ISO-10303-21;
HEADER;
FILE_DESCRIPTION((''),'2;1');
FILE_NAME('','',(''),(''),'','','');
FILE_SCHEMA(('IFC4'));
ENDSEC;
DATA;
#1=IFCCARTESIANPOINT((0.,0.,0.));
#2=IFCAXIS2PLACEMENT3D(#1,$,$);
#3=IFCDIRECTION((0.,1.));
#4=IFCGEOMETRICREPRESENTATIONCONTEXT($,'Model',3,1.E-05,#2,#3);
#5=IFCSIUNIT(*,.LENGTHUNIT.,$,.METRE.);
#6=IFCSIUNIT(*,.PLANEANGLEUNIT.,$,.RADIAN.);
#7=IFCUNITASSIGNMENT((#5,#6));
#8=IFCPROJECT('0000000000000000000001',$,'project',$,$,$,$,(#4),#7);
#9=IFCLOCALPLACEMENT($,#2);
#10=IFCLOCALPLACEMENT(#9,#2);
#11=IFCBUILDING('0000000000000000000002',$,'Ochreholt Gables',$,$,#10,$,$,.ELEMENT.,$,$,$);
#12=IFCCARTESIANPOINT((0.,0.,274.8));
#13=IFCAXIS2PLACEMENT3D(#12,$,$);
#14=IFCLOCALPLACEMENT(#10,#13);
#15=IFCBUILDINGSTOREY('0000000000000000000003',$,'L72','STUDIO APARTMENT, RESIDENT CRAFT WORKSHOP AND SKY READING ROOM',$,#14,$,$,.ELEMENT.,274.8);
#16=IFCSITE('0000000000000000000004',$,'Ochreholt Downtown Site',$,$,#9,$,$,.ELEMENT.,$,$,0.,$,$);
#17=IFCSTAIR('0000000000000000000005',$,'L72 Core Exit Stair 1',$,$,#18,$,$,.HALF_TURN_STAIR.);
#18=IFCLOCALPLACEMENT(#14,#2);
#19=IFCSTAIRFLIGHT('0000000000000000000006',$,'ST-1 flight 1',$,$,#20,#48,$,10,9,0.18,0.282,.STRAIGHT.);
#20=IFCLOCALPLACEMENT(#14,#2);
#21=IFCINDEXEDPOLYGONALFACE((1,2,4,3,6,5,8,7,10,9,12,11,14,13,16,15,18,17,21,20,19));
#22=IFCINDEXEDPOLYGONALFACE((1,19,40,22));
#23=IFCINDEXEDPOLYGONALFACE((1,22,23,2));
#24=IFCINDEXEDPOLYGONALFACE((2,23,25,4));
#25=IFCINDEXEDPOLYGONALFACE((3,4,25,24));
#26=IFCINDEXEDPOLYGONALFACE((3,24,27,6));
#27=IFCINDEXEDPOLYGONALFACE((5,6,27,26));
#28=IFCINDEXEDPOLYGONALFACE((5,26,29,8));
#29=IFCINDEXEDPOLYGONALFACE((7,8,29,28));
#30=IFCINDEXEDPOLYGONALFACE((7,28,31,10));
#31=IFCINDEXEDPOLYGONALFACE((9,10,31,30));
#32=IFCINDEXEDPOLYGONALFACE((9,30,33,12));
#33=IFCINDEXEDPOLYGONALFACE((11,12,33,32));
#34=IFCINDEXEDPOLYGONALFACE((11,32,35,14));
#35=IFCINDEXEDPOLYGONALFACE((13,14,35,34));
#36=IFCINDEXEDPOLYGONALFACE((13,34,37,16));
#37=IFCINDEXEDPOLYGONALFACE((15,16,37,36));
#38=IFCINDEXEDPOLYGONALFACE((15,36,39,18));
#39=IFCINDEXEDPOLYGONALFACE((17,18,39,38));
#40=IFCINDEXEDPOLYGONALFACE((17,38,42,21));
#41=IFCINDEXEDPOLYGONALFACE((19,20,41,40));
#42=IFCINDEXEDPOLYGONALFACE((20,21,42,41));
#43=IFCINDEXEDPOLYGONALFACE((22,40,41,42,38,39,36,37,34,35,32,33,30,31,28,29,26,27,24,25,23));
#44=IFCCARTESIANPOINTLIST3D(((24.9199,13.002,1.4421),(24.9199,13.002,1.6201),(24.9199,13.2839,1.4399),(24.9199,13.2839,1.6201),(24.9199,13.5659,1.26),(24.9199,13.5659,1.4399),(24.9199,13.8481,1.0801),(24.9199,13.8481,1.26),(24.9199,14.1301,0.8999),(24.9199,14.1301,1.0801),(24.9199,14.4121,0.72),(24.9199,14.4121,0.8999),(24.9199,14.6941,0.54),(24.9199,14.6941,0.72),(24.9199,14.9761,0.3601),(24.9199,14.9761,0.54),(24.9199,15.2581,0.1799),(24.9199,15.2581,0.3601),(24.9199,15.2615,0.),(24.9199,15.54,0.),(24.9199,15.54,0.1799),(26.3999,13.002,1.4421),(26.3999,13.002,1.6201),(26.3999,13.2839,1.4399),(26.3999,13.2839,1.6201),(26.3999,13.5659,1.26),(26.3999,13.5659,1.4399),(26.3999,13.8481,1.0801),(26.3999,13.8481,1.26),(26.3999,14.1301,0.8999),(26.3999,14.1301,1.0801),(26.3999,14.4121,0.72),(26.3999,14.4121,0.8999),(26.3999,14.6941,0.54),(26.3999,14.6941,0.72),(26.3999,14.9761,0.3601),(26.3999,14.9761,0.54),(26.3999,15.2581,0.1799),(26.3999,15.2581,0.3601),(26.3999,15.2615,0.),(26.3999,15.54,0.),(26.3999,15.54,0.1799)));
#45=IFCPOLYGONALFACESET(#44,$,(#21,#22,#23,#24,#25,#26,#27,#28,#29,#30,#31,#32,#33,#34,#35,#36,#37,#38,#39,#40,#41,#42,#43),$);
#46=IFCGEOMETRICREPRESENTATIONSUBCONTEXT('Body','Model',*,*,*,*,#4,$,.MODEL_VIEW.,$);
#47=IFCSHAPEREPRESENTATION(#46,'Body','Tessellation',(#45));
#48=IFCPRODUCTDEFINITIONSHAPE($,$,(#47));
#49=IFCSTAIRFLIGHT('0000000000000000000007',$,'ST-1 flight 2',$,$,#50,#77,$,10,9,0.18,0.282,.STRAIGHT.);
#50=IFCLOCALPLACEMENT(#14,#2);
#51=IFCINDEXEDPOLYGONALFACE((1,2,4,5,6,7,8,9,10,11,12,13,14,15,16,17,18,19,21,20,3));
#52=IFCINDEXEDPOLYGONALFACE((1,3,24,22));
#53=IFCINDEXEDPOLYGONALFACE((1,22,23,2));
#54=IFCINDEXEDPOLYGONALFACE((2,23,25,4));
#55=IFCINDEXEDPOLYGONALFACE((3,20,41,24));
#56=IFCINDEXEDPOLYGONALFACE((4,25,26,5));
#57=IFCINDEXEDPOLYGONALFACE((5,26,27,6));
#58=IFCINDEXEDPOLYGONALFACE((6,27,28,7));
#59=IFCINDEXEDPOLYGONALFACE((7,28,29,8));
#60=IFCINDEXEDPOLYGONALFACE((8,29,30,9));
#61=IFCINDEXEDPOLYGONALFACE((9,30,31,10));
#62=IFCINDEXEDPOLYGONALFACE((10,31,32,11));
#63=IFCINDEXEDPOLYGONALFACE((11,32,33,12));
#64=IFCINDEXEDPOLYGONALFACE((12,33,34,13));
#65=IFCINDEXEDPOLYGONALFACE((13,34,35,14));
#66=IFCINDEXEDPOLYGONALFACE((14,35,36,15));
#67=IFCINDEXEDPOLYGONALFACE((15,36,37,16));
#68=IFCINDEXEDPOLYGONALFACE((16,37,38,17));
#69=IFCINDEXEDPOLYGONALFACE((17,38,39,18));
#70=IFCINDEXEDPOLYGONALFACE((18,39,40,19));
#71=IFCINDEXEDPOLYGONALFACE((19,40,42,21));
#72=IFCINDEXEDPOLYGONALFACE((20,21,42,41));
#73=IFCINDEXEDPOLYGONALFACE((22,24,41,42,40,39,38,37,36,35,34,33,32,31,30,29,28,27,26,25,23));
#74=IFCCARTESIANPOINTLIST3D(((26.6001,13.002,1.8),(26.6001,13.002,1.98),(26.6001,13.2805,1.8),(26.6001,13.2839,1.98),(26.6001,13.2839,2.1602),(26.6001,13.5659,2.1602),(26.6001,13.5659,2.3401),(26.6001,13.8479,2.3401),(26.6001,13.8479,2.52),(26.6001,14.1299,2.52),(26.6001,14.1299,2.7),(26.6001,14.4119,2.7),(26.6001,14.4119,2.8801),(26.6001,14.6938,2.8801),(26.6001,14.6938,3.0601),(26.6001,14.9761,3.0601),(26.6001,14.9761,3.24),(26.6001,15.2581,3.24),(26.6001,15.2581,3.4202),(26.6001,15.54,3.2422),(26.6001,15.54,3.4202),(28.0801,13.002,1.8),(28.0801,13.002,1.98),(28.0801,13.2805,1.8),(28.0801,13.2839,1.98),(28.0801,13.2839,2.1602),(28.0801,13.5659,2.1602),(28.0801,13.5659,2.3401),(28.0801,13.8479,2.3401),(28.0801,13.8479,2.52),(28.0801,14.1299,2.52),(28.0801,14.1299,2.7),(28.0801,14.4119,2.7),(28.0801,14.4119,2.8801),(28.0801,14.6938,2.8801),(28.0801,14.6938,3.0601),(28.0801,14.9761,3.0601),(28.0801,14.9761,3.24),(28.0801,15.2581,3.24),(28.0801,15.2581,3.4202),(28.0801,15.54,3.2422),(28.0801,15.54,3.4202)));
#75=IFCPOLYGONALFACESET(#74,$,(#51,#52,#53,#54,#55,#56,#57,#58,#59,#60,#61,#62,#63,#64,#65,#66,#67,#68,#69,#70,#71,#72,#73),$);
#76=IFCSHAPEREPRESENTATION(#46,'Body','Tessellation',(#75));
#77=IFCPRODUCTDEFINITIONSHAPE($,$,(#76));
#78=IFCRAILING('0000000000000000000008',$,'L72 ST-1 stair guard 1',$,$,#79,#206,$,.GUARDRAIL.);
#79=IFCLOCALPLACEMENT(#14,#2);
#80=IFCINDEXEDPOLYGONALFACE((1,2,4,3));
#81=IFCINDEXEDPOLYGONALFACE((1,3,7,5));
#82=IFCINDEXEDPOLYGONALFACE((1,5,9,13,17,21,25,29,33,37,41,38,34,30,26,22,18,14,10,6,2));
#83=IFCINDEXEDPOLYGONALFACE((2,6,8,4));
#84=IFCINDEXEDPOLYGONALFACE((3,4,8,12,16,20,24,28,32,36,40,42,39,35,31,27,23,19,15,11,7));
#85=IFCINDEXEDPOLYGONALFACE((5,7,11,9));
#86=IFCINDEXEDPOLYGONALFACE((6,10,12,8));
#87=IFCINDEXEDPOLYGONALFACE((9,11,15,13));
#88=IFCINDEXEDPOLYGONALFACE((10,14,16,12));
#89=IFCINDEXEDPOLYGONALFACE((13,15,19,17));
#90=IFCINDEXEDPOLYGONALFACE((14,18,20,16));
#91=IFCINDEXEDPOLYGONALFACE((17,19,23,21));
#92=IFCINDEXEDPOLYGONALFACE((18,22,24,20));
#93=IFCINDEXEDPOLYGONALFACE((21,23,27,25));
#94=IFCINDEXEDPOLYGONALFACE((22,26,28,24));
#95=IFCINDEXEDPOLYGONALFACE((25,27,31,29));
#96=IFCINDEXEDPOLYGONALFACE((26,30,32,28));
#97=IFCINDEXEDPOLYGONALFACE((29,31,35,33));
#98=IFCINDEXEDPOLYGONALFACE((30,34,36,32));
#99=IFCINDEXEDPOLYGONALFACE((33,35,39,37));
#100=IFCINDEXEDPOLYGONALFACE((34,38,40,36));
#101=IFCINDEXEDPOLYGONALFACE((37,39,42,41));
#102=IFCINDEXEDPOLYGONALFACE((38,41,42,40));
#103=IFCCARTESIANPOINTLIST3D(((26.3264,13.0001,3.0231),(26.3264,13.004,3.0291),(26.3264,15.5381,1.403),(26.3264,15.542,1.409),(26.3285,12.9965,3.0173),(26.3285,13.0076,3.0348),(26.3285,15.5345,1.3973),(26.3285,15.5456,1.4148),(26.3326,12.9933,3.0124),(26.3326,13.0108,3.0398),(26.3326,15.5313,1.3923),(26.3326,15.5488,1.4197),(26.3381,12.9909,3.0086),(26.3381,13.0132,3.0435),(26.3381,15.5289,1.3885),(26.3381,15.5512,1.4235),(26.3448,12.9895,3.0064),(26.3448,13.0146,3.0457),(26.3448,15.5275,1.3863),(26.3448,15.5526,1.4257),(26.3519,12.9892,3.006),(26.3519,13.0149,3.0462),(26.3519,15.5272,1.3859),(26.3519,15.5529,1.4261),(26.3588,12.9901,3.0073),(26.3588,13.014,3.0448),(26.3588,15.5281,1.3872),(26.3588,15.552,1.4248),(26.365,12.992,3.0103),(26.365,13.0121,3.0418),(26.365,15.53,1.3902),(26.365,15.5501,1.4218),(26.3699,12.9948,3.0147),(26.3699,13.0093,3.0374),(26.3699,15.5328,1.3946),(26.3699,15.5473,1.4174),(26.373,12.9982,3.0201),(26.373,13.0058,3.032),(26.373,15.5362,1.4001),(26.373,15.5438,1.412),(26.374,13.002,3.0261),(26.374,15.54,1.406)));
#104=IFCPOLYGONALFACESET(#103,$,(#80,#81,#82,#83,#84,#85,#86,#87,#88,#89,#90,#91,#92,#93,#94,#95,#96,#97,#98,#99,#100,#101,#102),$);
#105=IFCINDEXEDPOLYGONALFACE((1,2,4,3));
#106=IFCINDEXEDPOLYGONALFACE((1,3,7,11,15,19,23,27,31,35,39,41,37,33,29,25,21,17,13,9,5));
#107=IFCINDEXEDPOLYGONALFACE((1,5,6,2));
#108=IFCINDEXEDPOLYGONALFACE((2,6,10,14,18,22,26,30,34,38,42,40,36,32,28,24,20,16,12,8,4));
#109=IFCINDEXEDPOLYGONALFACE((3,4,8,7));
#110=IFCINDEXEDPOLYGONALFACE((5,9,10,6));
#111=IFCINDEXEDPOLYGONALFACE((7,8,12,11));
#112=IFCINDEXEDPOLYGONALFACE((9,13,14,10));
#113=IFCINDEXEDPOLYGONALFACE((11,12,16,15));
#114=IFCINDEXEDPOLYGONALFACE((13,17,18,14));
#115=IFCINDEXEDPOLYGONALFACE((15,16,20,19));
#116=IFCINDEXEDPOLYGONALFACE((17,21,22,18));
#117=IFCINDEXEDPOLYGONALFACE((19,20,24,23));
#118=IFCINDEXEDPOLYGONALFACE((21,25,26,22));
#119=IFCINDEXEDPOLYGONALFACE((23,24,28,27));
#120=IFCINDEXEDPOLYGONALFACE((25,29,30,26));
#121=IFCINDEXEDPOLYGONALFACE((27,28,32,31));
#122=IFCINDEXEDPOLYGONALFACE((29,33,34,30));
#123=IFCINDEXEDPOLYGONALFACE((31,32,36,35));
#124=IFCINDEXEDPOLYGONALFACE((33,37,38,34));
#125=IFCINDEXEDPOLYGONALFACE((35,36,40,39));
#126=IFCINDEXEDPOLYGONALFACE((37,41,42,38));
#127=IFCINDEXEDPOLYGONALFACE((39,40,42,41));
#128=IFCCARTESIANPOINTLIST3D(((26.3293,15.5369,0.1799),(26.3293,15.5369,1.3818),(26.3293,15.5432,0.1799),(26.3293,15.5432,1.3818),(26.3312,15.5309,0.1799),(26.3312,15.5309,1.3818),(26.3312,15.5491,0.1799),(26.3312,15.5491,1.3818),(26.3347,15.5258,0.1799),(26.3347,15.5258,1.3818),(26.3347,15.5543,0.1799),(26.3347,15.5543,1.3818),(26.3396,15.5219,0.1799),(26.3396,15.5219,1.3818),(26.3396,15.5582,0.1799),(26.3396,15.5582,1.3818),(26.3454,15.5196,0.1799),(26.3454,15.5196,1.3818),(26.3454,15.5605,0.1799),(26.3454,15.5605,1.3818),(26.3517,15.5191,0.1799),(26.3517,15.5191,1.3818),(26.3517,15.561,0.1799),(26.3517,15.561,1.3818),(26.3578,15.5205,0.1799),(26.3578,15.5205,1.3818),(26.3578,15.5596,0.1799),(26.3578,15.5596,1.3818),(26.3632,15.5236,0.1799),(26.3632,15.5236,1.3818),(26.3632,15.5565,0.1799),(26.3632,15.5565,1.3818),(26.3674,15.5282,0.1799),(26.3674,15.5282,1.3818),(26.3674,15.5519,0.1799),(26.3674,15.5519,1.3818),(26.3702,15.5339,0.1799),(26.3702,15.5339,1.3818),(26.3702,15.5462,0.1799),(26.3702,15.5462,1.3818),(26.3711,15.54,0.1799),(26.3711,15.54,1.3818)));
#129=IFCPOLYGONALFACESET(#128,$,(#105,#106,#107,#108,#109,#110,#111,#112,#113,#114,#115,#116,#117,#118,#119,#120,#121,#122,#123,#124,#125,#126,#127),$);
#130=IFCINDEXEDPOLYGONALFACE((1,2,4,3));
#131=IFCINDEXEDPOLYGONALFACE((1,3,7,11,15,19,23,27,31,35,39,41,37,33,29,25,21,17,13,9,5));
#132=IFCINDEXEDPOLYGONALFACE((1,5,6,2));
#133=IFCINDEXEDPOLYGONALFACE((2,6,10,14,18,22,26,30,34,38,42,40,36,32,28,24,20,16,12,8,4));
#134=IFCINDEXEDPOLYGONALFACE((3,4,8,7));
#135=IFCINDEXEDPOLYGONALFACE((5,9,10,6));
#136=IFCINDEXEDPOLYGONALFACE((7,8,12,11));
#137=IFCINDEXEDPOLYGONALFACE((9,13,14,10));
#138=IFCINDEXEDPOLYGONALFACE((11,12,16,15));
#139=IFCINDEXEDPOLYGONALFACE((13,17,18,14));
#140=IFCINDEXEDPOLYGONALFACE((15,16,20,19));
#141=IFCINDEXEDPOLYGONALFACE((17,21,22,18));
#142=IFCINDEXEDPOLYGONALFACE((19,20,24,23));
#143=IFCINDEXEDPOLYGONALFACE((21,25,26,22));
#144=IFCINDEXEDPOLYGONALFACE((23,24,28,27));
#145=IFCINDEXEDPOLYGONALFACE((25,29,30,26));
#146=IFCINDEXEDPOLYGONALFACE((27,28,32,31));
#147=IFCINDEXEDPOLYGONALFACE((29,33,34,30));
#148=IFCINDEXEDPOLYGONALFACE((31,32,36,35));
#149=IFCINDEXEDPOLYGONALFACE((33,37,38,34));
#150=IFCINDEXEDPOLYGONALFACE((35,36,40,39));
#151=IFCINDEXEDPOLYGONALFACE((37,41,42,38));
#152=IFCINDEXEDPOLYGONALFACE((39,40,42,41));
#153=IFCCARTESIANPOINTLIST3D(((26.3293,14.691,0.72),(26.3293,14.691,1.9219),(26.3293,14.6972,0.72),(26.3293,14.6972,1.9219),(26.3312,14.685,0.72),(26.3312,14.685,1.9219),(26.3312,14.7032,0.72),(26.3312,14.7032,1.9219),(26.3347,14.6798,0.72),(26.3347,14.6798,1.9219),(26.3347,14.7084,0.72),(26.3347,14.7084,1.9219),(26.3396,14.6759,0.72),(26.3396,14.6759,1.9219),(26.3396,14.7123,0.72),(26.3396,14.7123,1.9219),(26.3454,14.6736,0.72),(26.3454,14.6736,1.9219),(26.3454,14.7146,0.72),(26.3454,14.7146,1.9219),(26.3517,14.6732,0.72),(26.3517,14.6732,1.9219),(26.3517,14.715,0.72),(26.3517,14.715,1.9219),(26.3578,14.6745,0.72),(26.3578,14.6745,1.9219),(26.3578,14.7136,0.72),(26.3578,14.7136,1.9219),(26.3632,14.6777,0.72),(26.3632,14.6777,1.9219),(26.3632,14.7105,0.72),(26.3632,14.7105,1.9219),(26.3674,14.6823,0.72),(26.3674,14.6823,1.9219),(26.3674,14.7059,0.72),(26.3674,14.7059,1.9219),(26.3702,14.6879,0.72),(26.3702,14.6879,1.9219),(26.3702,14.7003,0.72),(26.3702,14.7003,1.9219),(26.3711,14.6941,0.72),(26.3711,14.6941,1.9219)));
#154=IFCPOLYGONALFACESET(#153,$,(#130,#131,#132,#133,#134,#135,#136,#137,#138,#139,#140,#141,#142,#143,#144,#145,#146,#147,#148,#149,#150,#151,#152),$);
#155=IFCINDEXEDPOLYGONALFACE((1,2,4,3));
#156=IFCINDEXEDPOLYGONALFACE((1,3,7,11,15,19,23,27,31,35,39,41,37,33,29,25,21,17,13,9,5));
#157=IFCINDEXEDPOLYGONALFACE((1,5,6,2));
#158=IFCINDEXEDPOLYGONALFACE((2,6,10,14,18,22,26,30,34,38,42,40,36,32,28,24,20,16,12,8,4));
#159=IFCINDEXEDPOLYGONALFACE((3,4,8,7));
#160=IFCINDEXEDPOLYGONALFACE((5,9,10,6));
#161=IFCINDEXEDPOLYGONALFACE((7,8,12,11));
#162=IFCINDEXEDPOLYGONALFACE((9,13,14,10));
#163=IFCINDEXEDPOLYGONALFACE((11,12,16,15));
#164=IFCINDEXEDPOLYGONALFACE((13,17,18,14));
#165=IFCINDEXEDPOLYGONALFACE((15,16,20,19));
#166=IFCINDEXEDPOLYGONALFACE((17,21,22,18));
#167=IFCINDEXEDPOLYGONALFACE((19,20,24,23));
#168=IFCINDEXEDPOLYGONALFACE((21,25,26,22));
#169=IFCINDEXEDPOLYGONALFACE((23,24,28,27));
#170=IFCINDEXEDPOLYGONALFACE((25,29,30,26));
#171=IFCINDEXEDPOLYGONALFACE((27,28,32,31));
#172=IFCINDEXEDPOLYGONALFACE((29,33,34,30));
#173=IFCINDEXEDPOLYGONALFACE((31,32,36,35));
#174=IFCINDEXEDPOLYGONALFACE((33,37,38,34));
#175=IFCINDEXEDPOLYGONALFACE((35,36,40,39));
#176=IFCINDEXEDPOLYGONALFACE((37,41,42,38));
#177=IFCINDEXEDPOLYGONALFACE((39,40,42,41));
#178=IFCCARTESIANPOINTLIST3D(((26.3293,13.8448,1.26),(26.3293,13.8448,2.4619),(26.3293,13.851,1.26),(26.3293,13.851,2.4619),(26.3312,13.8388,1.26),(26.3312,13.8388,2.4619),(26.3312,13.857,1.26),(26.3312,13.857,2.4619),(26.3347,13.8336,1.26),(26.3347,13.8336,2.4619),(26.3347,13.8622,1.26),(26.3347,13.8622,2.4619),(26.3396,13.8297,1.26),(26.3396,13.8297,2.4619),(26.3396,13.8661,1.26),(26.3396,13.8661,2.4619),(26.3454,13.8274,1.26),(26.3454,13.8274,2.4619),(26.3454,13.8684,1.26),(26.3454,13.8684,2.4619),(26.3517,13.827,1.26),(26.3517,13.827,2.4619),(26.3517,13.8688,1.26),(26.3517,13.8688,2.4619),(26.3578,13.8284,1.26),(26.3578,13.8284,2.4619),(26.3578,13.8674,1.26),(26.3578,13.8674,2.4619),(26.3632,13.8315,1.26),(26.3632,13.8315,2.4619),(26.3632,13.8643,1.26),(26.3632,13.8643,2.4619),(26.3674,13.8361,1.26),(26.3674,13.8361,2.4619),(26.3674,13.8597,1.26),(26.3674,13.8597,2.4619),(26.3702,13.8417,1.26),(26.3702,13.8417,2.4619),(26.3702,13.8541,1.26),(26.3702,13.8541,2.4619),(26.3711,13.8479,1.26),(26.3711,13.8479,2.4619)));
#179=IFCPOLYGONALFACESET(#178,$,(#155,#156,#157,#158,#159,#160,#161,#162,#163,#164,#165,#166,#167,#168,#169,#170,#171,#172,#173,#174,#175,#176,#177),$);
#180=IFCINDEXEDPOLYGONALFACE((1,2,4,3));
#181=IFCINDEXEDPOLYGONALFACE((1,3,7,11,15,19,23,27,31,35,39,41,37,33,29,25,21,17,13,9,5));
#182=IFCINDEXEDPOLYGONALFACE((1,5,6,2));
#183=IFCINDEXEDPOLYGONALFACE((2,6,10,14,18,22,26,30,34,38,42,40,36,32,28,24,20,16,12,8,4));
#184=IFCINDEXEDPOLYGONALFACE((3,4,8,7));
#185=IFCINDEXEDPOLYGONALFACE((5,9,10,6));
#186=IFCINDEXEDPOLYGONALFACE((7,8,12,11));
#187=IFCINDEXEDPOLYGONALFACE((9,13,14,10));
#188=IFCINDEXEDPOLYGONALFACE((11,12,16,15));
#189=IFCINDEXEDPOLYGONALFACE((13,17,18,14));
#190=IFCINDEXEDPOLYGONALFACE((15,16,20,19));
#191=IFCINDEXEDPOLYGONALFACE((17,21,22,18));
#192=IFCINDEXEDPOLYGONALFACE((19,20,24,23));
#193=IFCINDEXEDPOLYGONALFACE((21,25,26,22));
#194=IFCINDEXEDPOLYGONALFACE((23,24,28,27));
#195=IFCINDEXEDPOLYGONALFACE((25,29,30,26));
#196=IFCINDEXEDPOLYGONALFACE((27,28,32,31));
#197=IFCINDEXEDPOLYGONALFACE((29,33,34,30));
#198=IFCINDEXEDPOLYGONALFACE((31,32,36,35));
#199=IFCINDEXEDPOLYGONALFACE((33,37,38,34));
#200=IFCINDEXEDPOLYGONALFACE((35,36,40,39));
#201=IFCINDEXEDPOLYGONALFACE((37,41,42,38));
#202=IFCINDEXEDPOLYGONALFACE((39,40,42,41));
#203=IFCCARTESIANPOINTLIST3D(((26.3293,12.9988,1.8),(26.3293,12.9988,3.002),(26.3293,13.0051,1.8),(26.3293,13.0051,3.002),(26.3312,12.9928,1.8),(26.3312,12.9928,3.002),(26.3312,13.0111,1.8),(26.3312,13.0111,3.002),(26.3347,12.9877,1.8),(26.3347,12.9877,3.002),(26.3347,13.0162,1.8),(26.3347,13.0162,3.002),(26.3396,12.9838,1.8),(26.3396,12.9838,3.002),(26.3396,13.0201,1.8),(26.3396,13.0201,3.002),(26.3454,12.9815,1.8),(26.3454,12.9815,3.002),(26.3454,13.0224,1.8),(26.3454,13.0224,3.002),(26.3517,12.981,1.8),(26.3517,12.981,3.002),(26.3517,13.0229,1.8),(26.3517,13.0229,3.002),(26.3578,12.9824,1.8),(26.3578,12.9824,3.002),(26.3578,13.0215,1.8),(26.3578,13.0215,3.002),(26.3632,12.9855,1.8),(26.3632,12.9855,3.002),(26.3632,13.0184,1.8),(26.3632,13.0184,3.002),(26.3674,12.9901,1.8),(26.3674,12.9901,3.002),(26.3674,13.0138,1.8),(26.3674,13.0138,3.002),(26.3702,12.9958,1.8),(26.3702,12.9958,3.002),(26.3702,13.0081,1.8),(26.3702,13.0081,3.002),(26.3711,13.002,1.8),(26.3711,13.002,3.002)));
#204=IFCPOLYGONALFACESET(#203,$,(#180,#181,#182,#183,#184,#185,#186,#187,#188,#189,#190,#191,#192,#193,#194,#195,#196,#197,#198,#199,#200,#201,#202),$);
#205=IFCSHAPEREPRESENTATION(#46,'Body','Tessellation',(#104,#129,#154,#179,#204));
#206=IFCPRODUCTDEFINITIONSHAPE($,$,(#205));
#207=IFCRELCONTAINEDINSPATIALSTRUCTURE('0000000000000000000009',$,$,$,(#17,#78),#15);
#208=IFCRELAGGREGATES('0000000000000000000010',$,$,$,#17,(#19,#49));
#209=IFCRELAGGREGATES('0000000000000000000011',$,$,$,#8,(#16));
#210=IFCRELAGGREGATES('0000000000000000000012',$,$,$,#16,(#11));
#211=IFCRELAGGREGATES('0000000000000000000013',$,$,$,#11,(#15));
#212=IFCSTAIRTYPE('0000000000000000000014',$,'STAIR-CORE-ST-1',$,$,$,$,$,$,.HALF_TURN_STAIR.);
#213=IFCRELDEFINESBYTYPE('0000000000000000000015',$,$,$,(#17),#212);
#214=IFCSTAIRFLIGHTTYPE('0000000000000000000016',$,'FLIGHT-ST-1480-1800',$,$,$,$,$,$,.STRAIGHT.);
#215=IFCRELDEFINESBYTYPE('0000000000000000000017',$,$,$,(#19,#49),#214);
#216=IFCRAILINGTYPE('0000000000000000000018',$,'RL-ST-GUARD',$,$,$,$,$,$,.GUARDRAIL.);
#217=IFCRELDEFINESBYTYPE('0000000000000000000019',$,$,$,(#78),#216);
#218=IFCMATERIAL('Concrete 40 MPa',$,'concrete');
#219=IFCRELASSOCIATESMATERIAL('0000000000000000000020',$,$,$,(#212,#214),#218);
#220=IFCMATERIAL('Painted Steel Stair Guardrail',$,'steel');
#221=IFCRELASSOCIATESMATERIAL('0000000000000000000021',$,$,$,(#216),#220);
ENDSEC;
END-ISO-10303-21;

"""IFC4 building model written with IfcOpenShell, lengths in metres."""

from ifc_helpers import new_model, si_unit, direction, frame, origin, origin_2d, place, context, subcontext, project, spatial, polyline, circle, outline, extrude, material, type_object, element, aggregate, save


model = new_model("IFC4")

# Units and contexts
model_context = context("Model", 3, precision=1e-05, world=origin(), true_north=direction((0.0, 1.0)))
body_context = subcontext(model_context, "Body", "Model", "MODEL_VIEW")
ifc_project = project(units=[si_unit("LENGTHUNIT", "METRE"), si_unit("PLANEANGLEUNIT", "RADIAN")], contexts=[model_context])

# Site, building, storey
site_placement = place(None, origin())
site = spatial("IfcSite", under=ifc_project, at=site_placement, Name="Ochreholt Downtown Site", CompositionType="ELEMENT", RefElevation=0.0)
building_placement = place(site_placement, origin())
building = spatial("IfcBuilding", under=site, at=building_placement, Name="Ochreholt Gables", CompositionType="ELEMENT")
storey_placement = place(building_placement, frame((0.0, 0.0, 274.8)))
storey = spatial("IfcBuildingStorey", under=building, at=storey_placement, Name="L72", Description="STUDIO APARTMENT, RESIDENT CRAFT WORKSHOP AND SKY READING ROOM", CompositionType="ELEMENT", Elevation=274.8)

# Shared definitions
ifc_material_1 = material(Name="Concrete 40 MPa", Category="concrete")

# Stair, stair flights
stair_type = type_object("IfcStairType", Name="STAIR-CORE-ST-1", PredefinedType="HALF_TURN_STAIR", material=ifc_material_1)
stair_placement = place(storey_placement, origin())
stair = element("IfcStair", 1, at=stair_placement, inside=storey, type_object=stair_type, Name="L72 Core Exit Stair 1", PredefinedType="HALF_TURN_STAIR")
stair_flight_type = type_object("IfcStairFlightType", Name="FLIGHT-ST-1480-1800", PredefinedType="STRAIGHT", material=ifc_material_1)
stair_flight_1_placement = place(storey_placement, frame((25.6599, 15.54, 0.0), z_axis=(0.0, 0.0, 1.0), x_axis=(0.0, -1.0, 0.0)))
stair_flight_1 = element("IfcStairFlight", 2, at=stair_flight_1_placement, type_object=stair_flight_type, Name="ST-1 flight 1", NumberOfRisers=10, NumberOfTreads=9, PredefinedType="STRAIGHT", RiserHeight=0.18, TreadLength=0.282, context=body_context, shape_type="SweptSolid", body=[
    extrude(outline(polyline([(0.0, 0.0), (0.0, 0.1799), (0.282, 0.1799), (0.282, 0.3601), (0.564, 0.3601), (0.564, 0.54), (0.8459, 0.54), (0.8459, 0.72), (1.1279, 0.72), (1.1279, 0.8999), (1.4099, 0.8999), (1.4099, 1.0801), (1.6919, 1.0801), (1.6919, 1.26), (1.9741, 1.26), (1.9741, 1.4399), (2.2561, 1.4399), (2.2561, 1.6201), (2.5381, 1.6201), (2.5381, 1.8), (2.5381, 1.4421), (0.2786, 0.0), (0.0, 0.0)])), frame((0.0, 0.74, 0.0), z_axis=(0.0, -1.0, 0.0), x_axis=(1.0, 0.0, 0.0)), (0.0, 0.0, 1.0), 1.48),
])
stair_flight_2_placement = place(storey_placement, frame((27.3401, 13.002, 1.8), z_axis=(0.0, 0.0, 1.0), x_axis=(0.0, 1.0, 0.0)))
stair_flight_2 = element("IfcStairFlight", 3, at=stair_flight_2_placement, type_object=stair_flight_type, Name="ST-1 flight 2", NumberOfRisers=10, NumberOfTreads=9, PredefinedType="STRAIGHT", RiserHeight=0.18, TreadLength=0.282, context=body_context, shape_type="SweptSolid", body=[
    extrude(outline(polyline([(0.0, 0.0), (0.0, 0.1799), (0.282, 0.1799), (0.282, 0.3601), (0.564, 0.3601), (0.564, 0.54), (0.8459, 0.54), (0.8459, 0.72), (1.1279, 0.72), (1.1279, 0.8999), (1.4099, 0.8999), (1.4099, 1.0801), (1.6919, 1.0801), (1.6919, 1.26), (1.9741, 1.26), (1.9741, 1.4399), (2.2561, 1.4399), (2.2561, 1.6201), (2.5381, 1.6201), (2.5381, 1.8), (2.5381, 1.4421), (0.2786, 0.0), (0.0, 0.0)])), frame((0.0, 0.74, 0.0), z_axis=(0.0, -1.0, 0.0), x_axis=(1.0, 0.0, 0.0)), (0.0, 0.0, 1.0), 1.48),
])
aggregate(stair, [stair_flight_1, stair_flight_2])

# Railing
ifc_material_2 = material(Name="Painted Steel Stair Guardrail", Category="steel")
railing_type_1 = type_object("IfcRailingType", Name="RL-ST-GUARD", PredefinedType="GUARDRAIL", material=ifc_material_2)
railing_1_placement = place(storey_placement, frame((26.3501, 15.54, 0.1799)))
element("IfcRailing", 4, at=railing_1_placement, inside=storey, type_object=railing_type_1, Name="L72 ST-1 stair guard 1", PredefinedType="GUARDRAIL", context=body_context, shape_type="SweptSolid", body=[
    extrude(circle(Radius=0.0239, at=origin_2d()), frame((0.0, 0.0, 1.2261), z_axis=(0.0, -0.842913, 0.53805), x_axis=(1.0, 0.0, 0.0)), (0.0, 0.0, 1.0), 3.011),
    extrude(circle(Radius=0.021, at=origin_2d()), origin(), (0.0, 0.0, 1.0), 1.2019),
    extrude(circle(Radius=0.021, at=origin_2d()), frame((0.0, -0.8459, 0.54)), (0.0, 0.0, 1.0), 1.2019),
    extrude(circle(Radius=0.021, at=origin_2d()), frame((0.0, -1.6921, 1.0801)), (0.0, 0.0, 1.0), 1.2019),
    extrude(circle(Radius=0.021, at=origin_2d()), frame((0.0, -2.5381, 1.6201)), (0.0, 0.0, 1.0), 1.2019),
])

save(model, "model.ifc")
